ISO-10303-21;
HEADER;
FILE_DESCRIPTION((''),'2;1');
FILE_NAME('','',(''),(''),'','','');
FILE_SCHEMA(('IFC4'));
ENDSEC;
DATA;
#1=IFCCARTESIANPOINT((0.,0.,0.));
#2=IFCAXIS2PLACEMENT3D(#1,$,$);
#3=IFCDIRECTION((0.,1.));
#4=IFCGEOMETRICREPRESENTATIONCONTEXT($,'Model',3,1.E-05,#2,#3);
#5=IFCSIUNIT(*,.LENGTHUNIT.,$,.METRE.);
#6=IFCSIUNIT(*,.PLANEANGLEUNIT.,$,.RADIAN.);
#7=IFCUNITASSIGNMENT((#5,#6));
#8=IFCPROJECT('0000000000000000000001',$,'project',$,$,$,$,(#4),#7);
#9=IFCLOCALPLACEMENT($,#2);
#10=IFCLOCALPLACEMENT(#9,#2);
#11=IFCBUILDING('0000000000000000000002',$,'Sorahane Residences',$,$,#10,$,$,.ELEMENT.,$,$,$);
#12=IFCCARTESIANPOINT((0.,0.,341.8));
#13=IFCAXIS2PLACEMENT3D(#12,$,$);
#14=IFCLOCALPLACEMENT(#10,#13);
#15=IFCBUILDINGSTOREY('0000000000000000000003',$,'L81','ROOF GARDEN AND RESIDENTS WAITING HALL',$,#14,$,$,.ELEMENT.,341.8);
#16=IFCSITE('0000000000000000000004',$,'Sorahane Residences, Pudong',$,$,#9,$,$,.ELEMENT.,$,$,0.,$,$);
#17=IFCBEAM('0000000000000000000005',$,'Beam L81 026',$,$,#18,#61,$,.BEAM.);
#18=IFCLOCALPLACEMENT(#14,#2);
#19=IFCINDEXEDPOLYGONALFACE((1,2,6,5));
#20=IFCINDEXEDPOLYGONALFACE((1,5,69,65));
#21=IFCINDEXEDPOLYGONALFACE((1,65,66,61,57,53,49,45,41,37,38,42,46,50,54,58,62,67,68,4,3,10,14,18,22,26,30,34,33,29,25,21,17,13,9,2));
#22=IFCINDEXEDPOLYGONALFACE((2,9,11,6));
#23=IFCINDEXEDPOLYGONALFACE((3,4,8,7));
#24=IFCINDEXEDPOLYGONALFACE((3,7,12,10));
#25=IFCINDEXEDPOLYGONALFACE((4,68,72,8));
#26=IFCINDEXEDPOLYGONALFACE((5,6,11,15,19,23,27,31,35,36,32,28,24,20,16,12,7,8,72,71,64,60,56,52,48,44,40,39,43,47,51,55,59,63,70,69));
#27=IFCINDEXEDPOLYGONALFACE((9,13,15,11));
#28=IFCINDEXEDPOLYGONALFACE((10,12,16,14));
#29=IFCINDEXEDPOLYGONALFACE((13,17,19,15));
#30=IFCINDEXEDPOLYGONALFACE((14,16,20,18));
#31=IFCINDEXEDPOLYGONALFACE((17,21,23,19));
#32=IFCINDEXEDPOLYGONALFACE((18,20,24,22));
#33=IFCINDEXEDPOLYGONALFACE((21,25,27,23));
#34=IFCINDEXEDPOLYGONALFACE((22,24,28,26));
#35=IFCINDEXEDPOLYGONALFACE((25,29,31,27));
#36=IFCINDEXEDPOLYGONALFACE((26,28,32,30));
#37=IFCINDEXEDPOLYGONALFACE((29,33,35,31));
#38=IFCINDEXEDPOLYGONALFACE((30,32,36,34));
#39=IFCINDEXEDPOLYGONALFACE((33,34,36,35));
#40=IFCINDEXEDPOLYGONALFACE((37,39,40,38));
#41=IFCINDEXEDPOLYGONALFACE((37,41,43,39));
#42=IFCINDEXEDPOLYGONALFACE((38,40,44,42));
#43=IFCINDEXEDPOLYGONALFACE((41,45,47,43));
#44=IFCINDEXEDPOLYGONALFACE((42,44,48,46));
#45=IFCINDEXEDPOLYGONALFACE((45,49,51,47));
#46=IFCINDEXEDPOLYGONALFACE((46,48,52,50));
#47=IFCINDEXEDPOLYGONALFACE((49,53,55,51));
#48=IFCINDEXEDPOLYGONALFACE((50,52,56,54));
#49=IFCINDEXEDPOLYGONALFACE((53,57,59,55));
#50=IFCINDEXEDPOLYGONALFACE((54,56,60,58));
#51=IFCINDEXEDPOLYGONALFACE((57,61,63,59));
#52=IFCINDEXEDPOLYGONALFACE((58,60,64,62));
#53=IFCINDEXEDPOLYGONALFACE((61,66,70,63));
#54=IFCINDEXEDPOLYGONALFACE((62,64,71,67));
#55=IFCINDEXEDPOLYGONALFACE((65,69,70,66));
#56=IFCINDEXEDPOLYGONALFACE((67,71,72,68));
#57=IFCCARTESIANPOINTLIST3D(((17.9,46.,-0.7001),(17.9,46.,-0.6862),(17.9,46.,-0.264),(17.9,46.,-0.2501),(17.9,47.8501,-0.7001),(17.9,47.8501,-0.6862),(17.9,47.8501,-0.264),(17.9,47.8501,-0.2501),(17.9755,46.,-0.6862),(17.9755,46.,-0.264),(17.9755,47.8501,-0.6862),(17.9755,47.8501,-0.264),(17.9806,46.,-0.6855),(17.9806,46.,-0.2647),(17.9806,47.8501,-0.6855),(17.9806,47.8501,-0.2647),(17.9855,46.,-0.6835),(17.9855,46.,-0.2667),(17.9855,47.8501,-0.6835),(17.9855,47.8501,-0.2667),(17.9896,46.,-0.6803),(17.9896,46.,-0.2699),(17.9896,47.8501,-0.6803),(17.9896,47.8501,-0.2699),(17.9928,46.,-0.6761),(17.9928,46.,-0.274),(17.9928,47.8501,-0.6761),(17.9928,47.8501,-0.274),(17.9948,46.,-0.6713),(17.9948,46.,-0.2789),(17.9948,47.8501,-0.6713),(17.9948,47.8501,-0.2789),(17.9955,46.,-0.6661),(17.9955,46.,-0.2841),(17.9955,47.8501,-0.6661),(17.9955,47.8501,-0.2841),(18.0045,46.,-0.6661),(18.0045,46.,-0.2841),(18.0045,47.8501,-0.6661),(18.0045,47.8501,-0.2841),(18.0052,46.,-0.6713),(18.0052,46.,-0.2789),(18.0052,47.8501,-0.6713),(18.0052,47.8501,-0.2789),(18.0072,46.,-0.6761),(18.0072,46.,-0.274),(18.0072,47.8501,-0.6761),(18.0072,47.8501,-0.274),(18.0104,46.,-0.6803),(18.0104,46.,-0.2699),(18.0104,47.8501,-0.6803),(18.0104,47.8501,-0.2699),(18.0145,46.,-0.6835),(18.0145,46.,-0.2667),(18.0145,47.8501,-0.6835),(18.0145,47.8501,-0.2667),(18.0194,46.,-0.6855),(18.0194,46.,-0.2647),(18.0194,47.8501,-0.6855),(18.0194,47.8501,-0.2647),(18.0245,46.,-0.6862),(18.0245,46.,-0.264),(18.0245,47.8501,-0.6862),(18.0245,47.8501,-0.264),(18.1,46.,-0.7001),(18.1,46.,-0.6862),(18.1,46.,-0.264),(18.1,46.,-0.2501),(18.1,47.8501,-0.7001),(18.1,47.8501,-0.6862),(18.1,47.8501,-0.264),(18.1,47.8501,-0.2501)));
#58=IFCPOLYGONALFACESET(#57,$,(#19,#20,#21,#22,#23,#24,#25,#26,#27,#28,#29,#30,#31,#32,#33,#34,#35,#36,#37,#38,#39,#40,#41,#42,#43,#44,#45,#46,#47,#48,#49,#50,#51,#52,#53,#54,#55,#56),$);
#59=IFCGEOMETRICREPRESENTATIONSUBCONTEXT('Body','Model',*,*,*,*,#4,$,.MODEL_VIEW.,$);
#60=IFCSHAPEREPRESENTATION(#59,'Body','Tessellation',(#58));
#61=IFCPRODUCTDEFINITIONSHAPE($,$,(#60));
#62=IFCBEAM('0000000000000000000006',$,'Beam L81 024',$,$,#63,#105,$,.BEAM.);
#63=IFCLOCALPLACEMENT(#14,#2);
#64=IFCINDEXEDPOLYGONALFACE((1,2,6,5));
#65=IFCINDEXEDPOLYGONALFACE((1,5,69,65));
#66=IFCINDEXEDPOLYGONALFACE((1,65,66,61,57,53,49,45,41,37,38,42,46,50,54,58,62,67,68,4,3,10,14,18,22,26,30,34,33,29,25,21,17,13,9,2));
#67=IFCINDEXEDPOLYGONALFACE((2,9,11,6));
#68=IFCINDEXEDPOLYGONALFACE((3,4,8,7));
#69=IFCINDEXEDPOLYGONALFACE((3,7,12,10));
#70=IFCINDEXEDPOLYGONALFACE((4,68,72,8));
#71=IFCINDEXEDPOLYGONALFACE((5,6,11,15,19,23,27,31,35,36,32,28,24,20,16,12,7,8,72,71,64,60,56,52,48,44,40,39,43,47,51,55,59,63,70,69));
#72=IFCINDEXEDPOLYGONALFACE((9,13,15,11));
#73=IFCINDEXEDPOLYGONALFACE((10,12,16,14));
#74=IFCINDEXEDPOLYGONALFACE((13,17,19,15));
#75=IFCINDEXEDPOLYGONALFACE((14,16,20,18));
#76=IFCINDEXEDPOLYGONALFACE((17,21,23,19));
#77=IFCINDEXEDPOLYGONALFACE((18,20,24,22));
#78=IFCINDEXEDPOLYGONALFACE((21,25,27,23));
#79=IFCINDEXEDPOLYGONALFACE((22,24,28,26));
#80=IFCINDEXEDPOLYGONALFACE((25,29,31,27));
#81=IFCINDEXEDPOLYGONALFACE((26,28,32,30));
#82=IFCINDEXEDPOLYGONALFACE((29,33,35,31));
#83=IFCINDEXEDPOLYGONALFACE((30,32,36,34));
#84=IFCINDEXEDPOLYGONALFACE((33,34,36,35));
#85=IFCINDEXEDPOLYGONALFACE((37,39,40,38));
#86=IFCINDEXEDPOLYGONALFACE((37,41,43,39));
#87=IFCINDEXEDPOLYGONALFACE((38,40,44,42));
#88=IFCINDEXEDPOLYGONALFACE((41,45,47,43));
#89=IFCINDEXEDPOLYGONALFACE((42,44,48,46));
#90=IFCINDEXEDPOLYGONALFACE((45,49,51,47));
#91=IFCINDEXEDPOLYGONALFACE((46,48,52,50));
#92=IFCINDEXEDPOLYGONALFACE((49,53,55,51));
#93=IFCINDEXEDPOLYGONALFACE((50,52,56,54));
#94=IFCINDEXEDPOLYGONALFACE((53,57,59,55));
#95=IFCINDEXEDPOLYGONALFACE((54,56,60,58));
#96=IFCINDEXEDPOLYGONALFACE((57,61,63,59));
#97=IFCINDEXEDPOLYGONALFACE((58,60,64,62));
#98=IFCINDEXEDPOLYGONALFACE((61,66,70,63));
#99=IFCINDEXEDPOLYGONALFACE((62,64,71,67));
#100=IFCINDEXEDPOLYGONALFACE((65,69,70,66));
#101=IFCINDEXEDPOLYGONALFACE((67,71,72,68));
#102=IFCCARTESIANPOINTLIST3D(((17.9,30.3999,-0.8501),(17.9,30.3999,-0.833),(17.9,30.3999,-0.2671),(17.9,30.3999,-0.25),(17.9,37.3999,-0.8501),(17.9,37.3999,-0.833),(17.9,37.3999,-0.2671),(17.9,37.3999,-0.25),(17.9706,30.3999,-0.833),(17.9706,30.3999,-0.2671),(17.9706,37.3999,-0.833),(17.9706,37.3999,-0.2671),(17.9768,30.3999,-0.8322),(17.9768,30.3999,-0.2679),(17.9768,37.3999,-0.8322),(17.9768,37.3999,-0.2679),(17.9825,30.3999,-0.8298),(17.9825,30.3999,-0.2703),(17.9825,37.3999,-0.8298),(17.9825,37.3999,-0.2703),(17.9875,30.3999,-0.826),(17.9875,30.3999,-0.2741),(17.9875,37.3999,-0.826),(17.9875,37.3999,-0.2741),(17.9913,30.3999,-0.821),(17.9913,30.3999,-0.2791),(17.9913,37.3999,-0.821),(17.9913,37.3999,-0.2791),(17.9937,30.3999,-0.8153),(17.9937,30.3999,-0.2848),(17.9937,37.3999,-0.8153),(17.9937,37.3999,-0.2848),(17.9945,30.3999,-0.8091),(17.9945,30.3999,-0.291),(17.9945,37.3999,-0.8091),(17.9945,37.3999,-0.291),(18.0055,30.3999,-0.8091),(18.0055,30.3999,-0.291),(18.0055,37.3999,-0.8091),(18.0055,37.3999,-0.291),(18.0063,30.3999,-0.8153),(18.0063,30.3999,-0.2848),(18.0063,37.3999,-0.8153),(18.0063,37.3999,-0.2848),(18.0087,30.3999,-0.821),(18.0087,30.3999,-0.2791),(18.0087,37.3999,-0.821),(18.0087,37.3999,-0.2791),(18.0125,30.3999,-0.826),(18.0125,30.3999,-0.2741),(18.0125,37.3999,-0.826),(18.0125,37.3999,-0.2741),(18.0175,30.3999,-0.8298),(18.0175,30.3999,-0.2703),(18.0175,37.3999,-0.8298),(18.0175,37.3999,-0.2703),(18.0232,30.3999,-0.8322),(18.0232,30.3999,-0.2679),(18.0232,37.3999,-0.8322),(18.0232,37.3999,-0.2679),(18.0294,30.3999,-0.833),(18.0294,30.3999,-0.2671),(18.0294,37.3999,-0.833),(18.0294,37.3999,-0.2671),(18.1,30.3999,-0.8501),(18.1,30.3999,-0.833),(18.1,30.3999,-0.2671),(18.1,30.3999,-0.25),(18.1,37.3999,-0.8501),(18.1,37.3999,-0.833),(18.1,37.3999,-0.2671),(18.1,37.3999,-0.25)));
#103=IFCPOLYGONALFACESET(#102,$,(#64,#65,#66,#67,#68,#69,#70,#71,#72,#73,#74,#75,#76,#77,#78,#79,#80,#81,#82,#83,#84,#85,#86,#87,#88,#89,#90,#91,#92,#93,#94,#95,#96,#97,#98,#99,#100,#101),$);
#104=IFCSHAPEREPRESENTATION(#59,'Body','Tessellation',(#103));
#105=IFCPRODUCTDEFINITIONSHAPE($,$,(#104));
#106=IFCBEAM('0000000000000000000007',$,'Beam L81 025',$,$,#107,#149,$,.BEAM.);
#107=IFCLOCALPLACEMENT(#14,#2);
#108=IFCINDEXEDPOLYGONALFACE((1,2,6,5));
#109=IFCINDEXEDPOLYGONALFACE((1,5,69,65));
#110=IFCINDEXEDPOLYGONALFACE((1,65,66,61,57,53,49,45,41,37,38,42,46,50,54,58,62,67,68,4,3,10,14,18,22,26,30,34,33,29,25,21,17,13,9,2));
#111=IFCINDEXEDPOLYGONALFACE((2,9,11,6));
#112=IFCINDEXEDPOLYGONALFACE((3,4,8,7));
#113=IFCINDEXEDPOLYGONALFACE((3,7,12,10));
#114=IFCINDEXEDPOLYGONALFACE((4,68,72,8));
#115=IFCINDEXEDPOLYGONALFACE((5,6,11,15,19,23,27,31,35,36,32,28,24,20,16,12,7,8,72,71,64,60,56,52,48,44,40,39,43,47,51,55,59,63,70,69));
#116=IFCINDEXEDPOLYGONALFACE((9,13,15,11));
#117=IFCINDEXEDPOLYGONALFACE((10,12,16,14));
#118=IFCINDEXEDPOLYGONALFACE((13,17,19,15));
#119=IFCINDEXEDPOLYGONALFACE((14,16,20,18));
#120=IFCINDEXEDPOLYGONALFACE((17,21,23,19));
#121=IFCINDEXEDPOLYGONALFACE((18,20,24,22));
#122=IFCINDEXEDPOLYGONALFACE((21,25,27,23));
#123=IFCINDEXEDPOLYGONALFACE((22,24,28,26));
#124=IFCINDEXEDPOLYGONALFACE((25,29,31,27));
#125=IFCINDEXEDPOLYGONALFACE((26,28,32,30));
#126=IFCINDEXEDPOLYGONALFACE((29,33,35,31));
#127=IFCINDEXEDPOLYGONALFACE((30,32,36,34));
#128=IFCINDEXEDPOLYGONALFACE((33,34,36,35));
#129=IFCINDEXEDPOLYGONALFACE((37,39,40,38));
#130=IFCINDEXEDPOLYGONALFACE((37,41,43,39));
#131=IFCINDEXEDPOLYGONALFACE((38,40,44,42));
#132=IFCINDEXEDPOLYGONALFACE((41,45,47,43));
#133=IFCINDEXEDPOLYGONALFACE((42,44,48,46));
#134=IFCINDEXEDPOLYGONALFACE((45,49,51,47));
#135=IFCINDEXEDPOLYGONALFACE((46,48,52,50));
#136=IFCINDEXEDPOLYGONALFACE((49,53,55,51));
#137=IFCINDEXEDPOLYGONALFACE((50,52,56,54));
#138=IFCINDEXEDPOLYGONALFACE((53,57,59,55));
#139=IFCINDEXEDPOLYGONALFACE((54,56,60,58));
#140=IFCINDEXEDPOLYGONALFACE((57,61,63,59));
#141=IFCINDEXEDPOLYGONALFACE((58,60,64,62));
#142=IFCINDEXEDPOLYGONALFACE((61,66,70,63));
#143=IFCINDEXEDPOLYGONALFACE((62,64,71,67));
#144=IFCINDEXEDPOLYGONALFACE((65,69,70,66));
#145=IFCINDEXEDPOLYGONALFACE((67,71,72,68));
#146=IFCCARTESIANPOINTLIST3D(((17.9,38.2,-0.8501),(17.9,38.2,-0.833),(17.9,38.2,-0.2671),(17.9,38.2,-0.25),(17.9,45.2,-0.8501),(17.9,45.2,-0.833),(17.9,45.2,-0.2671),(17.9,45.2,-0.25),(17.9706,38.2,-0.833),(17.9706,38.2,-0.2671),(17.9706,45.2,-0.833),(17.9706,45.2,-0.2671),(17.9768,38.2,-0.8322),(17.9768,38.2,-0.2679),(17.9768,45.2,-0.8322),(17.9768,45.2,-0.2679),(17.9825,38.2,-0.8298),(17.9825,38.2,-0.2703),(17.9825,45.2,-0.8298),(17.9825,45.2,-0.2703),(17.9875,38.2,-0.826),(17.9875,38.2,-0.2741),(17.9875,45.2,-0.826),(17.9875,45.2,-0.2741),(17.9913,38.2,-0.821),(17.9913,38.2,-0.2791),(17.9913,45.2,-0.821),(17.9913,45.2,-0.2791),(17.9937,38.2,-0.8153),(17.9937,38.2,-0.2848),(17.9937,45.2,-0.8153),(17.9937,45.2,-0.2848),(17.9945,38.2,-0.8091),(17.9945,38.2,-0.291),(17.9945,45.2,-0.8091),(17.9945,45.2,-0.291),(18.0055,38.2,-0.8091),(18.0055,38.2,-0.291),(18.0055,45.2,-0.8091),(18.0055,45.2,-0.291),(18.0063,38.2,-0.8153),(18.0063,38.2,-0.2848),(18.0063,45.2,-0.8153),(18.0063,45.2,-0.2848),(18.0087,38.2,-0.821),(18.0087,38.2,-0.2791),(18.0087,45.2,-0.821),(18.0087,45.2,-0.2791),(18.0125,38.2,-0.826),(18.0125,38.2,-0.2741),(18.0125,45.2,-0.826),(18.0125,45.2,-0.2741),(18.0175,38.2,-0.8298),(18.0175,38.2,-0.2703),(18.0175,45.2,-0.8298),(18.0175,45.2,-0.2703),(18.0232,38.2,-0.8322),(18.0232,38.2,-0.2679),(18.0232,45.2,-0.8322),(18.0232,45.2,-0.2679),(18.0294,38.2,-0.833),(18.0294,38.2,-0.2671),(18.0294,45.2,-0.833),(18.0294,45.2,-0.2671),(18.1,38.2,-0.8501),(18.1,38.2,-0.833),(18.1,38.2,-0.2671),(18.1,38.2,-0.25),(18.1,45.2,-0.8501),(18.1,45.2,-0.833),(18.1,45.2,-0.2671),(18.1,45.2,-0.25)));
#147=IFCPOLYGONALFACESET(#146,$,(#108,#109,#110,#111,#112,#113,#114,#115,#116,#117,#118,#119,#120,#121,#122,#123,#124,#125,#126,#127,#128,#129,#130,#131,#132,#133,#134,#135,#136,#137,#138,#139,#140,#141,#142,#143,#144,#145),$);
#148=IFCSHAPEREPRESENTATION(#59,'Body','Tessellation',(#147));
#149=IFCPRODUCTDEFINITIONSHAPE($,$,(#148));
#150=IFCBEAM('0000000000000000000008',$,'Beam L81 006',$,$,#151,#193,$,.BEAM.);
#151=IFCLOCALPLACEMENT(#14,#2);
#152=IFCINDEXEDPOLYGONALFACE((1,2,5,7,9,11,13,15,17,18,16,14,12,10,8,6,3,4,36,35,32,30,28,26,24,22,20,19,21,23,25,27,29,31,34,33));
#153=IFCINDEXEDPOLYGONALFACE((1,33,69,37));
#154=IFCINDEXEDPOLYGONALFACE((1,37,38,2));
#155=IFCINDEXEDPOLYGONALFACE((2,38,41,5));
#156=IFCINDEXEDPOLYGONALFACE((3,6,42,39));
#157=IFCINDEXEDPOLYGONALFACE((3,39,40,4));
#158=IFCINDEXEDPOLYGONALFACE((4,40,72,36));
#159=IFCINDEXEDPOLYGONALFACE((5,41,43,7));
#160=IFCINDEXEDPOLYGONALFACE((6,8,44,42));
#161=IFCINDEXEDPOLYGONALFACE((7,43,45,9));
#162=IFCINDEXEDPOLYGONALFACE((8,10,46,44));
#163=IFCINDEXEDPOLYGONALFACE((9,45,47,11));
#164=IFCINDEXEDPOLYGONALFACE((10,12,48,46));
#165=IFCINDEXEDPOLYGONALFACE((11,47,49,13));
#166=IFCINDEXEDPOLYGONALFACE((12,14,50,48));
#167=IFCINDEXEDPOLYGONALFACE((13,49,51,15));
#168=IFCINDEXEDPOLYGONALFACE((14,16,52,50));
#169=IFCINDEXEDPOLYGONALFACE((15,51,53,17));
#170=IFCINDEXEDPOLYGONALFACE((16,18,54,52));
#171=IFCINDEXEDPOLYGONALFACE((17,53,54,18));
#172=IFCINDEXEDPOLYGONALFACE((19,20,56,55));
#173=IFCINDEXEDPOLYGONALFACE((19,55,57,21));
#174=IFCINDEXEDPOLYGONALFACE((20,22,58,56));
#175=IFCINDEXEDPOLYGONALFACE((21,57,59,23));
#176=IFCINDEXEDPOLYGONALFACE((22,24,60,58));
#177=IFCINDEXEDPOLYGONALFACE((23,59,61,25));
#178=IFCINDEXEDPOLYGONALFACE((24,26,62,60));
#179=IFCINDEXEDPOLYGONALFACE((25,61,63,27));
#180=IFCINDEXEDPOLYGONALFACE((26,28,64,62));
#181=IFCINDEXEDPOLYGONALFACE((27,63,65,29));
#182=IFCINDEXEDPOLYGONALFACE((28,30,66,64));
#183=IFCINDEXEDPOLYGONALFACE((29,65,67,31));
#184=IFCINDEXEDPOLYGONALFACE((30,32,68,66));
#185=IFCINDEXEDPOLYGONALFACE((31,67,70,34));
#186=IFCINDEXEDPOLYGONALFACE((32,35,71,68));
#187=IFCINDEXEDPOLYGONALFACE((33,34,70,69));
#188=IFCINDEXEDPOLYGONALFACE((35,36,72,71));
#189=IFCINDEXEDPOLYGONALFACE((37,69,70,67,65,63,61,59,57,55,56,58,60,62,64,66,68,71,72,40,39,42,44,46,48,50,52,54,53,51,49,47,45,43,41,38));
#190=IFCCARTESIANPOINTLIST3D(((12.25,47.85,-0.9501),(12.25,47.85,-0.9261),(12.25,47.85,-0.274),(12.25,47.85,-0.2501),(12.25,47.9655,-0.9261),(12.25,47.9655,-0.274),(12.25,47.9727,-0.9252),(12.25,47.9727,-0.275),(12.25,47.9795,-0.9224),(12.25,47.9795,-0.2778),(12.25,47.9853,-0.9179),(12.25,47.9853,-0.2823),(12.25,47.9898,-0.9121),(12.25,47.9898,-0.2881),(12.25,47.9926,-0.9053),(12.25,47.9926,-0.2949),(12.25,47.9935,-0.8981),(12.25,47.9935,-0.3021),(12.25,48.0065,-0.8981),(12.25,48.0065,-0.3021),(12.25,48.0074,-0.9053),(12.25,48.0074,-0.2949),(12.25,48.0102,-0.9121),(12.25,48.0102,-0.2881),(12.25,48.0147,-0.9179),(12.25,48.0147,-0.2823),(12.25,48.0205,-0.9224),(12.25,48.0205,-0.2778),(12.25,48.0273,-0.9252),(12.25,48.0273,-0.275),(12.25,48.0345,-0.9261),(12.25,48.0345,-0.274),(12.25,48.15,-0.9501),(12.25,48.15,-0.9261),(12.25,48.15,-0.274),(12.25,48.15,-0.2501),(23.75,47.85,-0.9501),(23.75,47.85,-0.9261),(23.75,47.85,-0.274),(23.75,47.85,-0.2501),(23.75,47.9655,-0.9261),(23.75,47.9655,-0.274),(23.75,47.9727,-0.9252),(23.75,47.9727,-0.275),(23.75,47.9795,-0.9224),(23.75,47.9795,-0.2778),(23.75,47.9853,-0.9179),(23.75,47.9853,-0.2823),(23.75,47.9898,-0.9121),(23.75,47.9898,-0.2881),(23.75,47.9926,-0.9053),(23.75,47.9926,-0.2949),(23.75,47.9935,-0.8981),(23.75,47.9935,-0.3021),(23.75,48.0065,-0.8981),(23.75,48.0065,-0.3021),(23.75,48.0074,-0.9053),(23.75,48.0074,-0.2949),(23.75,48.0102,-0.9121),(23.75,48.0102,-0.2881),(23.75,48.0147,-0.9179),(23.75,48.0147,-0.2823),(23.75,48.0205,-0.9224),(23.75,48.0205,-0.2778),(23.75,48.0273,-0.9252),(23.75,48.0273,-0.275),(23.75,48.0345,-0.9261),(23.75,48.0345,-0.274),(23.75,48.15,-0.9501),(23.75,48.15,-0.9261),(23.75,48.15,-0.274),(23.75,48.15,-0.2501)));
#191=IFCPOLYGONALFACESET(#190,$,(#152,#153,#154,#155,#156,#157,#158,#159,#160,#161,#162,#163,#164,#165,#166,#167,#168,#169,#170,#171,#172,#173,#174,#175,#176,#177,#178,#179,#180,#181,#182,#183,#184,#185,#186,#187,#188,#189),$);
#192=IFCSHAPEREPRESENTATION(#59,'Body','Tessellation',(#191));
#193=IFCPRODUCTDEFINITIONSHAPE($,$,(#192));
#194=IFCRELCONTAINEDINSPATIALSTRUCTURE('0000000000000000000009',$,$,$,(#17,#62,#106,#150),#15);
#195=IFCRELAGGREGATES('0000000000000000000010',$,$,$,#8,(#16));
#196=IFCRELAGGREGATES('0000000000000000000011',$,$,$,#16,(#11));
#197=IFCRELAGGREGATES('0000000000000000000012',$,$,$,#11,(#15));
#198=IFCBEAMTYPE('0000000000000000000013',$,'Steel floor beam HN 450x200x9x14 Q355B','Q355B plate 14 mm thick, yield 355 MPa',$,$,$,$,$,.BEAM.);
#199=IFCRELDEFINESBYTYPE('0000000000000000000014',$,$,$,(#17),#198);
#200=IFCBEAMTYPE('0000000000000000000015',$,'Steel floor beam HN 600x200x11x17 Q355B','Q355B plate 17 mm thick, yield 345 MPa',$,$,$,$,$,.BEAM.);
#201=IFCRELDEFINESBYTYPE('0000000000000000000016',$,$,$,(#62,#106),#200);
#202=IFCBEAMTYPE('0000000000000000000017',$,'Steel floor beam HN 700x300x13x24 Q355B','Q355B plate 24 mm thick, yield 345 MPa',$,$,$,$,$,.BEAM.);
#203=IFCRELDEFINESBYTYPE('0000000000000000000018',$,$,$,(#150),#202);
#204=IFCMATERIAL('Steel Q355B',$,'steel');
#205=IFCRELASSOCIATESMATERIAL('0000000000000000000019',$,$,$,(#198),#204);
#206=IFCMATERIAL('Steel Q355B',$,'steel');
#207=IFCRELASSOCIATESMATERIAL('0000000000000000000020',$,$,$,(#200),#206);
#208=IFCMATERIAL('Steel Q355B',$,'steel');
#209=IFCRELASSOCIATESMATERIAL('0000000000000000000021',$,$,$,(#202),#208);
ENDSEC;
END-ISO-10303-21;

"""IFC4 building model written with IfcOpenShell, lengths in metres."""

from ifc_helpers import new_model, si_unit, direction, frame, origin, origin_2d, place, context, subcontext, project, spatial, i_section, extrude, material, material_profile, profile_set, type_object, element, save


model = new_model("IFC4")

# Units and contexts
model_context = context("Model", 3, precision=1e-05, world=origin(), true_north=direction((0.0, 1.0)))
body_context = subcontext(model_context, "Body", "Model", "MODEL_VIEW")
ifc_project = project(units=[si_unit("LENGTHUNIT", "METRE"), si_unit("PLANEANGLEUNIT", "RADIAN")], contexts=[model_context])

# Site, building, storey
site_placement = place(None, origin())
site = spatial("IfcSite", under=ifc_project, at=site_placement, Name="Sorahane Residences, Pudong", CompositionType="ELEMENT", RefElevation=0.0)
building_placement = place(site_placement, origin())
building = spatial("IfcBuilding", under=site, at=building_placement, Name="Sorahane Residences", CompositionType="ELEMENT")
storey_placement = place(building_placement, frame((0.0, 0.0, 341.8)))
storey = spatial("IfcBuildingStorey", under=building, at=storey_placement, Name="L81", Description="ROOF GARDEN AND RESIDENTS WAITING HALL", CompositionType="ELEMENT", Elevation=341.8)

# Beams
ifc_material_1 = material(Name="Steel Q355B", Category="steel")
ifc_material_profile_1 = material_profile(ifc_material_1, i_section(OverallWidth=0.2, OverallDepth=0.45, WebThickness=0.009, FlangeThickness=0.0139, FilletRadius=0.02, at=origin_2d()), Name="HN 450x200x9x14")
ifc_profile_set_1 = profile_set([ifc_material_profile_1], Name="Steel Q355B")
beam_type_1 = type_object("IfcBeamType", Name="Steel floor beam HN 450x200x9x14 Q355B", Description="Q355B plate 14 mm thick, yield 355 MPa", PredefinedType="BEAM", material=ifc_profile_set_1)
beam_1_placement = place(storey_placement, frame((18.0, 46.0, -0.4751), z_axis=(0.0, 1.0, 0.0), x_axis=(-1.0, 0.0, 0.0)))
element("IfcBeam", 1, at=beam_1_placement, inside=storey, type_object=beam_type_1, Name="Beam L81 026", PredefinedType="BEAM", context=body_context, shape_type="SweptSolid", body=[
    extrude(i_section(OverallWidth=0.2, OverallDepth=0.45, WebThickness=0.009, FlangeThickness=0.0139, FilletRadius=0.02, at=origin_2d()), origin(), (0.0, 0.0, 1.0), 1.8501),
])
ifc_material_2 = material(Name="Steel Q355B", Category="steel")
ifc_material_profile_2 = material_profile(ifc_material_2, i_section(OverallWidth=0.2, OverallDepth=0.6001, WebThickness=0.011, FlangeThickness=0.0171, FilletRadius=0.0239, at=origin_2d()), Name="HN 600x200x11x17")
ifc_profile_set_2 = profile_set([ifc_material_profile_2], Name="Steel Q355B")
beam_type_2 = type_object("IfcBeamType", Name="Steel floor beam HN 600x200x11x17 Q355B", Description="Q355B plate 17 mm thick, yield 345 MPa", PredefinedType="BEAM", material=ifc_profile_set_2)
for number, where, z_axis, x_axis, name in (
    (2, (18.0, 30.3999, -0.55), (0.0, 1.0, 0.0), (-1.0, 0.0, 0.0), "Beam L81 024"),
    (3, (18.0, 38.2, -0.55), (0.0, 1.0, 0.0), (-1.0, 0.0, 0.0), "Beam L81 025"),
):
    element("IfcBeam", number, at=place(storey_placement, frame(where, z_axis=z_axis, x_axis=x_axis)), inside=storey, type_object=beam_type_2, Name=name, PredefinedType="BEAM", context=body_context, shape_type="SweptSolid", body=[
        extrude(i_section(OverallWidth=0.2, OverallDepth=0.6001, WebThickness=0.011, FlangeThickness=0.0171, FilletRadius=0.0239, at=origin_2d()), origin(), (0.0, 0.0, 1.0), 7.0),
    ])
ifc_material_3 = material(Name="Steel Q355B", Category="steel")
ifc_material_profile_3 = material_profile(ifc_material_3, i_section(OverallWidth=0.3, OverallDepth=0.7, WebThickness=0.0129, FlangeThickness=0.0239, FilletRadius=0.0281, at=origin_2d()), Name="HN 700x300x13x24")
ifc_profile_set_3 = profile_set([ifc_material_profile_3], Name="Steel Q355B")
beam_type_3 = type_object("IfcBeamType", Name="Steel floor beam HN 700x300x13x24 Q355B", Description="Q355B plate 24 mm thick, yield 345 MPa", PredefinedType="BEAM", material=ifc_profile_set_3)
beam_2_placement = place(storey_placement, frame((12.25, 48.0, -0.6001), z_axis=(1.0, 0.0, 0.0), x_axis=(0.0, 1.0, 0.0)))
element("IfcBeam", 4, at=beam_2_placement, inside=storey, type_object=beam_type_3, Name="Beam L81 006", PredefinedType="BEAM", context=body_context, shape_type="SweptSolid", body=[
    extrude(i_section(OverallWidth=0.3, OverallDepth=0.7, WebThickness=0.0129, FlangeThickness=0.0239, FilletRadius=0.0281, at=origin_2d()), origin(), (0.0, 0.0, 1.0), 11.5),
])

save(model, "model.ifc")
